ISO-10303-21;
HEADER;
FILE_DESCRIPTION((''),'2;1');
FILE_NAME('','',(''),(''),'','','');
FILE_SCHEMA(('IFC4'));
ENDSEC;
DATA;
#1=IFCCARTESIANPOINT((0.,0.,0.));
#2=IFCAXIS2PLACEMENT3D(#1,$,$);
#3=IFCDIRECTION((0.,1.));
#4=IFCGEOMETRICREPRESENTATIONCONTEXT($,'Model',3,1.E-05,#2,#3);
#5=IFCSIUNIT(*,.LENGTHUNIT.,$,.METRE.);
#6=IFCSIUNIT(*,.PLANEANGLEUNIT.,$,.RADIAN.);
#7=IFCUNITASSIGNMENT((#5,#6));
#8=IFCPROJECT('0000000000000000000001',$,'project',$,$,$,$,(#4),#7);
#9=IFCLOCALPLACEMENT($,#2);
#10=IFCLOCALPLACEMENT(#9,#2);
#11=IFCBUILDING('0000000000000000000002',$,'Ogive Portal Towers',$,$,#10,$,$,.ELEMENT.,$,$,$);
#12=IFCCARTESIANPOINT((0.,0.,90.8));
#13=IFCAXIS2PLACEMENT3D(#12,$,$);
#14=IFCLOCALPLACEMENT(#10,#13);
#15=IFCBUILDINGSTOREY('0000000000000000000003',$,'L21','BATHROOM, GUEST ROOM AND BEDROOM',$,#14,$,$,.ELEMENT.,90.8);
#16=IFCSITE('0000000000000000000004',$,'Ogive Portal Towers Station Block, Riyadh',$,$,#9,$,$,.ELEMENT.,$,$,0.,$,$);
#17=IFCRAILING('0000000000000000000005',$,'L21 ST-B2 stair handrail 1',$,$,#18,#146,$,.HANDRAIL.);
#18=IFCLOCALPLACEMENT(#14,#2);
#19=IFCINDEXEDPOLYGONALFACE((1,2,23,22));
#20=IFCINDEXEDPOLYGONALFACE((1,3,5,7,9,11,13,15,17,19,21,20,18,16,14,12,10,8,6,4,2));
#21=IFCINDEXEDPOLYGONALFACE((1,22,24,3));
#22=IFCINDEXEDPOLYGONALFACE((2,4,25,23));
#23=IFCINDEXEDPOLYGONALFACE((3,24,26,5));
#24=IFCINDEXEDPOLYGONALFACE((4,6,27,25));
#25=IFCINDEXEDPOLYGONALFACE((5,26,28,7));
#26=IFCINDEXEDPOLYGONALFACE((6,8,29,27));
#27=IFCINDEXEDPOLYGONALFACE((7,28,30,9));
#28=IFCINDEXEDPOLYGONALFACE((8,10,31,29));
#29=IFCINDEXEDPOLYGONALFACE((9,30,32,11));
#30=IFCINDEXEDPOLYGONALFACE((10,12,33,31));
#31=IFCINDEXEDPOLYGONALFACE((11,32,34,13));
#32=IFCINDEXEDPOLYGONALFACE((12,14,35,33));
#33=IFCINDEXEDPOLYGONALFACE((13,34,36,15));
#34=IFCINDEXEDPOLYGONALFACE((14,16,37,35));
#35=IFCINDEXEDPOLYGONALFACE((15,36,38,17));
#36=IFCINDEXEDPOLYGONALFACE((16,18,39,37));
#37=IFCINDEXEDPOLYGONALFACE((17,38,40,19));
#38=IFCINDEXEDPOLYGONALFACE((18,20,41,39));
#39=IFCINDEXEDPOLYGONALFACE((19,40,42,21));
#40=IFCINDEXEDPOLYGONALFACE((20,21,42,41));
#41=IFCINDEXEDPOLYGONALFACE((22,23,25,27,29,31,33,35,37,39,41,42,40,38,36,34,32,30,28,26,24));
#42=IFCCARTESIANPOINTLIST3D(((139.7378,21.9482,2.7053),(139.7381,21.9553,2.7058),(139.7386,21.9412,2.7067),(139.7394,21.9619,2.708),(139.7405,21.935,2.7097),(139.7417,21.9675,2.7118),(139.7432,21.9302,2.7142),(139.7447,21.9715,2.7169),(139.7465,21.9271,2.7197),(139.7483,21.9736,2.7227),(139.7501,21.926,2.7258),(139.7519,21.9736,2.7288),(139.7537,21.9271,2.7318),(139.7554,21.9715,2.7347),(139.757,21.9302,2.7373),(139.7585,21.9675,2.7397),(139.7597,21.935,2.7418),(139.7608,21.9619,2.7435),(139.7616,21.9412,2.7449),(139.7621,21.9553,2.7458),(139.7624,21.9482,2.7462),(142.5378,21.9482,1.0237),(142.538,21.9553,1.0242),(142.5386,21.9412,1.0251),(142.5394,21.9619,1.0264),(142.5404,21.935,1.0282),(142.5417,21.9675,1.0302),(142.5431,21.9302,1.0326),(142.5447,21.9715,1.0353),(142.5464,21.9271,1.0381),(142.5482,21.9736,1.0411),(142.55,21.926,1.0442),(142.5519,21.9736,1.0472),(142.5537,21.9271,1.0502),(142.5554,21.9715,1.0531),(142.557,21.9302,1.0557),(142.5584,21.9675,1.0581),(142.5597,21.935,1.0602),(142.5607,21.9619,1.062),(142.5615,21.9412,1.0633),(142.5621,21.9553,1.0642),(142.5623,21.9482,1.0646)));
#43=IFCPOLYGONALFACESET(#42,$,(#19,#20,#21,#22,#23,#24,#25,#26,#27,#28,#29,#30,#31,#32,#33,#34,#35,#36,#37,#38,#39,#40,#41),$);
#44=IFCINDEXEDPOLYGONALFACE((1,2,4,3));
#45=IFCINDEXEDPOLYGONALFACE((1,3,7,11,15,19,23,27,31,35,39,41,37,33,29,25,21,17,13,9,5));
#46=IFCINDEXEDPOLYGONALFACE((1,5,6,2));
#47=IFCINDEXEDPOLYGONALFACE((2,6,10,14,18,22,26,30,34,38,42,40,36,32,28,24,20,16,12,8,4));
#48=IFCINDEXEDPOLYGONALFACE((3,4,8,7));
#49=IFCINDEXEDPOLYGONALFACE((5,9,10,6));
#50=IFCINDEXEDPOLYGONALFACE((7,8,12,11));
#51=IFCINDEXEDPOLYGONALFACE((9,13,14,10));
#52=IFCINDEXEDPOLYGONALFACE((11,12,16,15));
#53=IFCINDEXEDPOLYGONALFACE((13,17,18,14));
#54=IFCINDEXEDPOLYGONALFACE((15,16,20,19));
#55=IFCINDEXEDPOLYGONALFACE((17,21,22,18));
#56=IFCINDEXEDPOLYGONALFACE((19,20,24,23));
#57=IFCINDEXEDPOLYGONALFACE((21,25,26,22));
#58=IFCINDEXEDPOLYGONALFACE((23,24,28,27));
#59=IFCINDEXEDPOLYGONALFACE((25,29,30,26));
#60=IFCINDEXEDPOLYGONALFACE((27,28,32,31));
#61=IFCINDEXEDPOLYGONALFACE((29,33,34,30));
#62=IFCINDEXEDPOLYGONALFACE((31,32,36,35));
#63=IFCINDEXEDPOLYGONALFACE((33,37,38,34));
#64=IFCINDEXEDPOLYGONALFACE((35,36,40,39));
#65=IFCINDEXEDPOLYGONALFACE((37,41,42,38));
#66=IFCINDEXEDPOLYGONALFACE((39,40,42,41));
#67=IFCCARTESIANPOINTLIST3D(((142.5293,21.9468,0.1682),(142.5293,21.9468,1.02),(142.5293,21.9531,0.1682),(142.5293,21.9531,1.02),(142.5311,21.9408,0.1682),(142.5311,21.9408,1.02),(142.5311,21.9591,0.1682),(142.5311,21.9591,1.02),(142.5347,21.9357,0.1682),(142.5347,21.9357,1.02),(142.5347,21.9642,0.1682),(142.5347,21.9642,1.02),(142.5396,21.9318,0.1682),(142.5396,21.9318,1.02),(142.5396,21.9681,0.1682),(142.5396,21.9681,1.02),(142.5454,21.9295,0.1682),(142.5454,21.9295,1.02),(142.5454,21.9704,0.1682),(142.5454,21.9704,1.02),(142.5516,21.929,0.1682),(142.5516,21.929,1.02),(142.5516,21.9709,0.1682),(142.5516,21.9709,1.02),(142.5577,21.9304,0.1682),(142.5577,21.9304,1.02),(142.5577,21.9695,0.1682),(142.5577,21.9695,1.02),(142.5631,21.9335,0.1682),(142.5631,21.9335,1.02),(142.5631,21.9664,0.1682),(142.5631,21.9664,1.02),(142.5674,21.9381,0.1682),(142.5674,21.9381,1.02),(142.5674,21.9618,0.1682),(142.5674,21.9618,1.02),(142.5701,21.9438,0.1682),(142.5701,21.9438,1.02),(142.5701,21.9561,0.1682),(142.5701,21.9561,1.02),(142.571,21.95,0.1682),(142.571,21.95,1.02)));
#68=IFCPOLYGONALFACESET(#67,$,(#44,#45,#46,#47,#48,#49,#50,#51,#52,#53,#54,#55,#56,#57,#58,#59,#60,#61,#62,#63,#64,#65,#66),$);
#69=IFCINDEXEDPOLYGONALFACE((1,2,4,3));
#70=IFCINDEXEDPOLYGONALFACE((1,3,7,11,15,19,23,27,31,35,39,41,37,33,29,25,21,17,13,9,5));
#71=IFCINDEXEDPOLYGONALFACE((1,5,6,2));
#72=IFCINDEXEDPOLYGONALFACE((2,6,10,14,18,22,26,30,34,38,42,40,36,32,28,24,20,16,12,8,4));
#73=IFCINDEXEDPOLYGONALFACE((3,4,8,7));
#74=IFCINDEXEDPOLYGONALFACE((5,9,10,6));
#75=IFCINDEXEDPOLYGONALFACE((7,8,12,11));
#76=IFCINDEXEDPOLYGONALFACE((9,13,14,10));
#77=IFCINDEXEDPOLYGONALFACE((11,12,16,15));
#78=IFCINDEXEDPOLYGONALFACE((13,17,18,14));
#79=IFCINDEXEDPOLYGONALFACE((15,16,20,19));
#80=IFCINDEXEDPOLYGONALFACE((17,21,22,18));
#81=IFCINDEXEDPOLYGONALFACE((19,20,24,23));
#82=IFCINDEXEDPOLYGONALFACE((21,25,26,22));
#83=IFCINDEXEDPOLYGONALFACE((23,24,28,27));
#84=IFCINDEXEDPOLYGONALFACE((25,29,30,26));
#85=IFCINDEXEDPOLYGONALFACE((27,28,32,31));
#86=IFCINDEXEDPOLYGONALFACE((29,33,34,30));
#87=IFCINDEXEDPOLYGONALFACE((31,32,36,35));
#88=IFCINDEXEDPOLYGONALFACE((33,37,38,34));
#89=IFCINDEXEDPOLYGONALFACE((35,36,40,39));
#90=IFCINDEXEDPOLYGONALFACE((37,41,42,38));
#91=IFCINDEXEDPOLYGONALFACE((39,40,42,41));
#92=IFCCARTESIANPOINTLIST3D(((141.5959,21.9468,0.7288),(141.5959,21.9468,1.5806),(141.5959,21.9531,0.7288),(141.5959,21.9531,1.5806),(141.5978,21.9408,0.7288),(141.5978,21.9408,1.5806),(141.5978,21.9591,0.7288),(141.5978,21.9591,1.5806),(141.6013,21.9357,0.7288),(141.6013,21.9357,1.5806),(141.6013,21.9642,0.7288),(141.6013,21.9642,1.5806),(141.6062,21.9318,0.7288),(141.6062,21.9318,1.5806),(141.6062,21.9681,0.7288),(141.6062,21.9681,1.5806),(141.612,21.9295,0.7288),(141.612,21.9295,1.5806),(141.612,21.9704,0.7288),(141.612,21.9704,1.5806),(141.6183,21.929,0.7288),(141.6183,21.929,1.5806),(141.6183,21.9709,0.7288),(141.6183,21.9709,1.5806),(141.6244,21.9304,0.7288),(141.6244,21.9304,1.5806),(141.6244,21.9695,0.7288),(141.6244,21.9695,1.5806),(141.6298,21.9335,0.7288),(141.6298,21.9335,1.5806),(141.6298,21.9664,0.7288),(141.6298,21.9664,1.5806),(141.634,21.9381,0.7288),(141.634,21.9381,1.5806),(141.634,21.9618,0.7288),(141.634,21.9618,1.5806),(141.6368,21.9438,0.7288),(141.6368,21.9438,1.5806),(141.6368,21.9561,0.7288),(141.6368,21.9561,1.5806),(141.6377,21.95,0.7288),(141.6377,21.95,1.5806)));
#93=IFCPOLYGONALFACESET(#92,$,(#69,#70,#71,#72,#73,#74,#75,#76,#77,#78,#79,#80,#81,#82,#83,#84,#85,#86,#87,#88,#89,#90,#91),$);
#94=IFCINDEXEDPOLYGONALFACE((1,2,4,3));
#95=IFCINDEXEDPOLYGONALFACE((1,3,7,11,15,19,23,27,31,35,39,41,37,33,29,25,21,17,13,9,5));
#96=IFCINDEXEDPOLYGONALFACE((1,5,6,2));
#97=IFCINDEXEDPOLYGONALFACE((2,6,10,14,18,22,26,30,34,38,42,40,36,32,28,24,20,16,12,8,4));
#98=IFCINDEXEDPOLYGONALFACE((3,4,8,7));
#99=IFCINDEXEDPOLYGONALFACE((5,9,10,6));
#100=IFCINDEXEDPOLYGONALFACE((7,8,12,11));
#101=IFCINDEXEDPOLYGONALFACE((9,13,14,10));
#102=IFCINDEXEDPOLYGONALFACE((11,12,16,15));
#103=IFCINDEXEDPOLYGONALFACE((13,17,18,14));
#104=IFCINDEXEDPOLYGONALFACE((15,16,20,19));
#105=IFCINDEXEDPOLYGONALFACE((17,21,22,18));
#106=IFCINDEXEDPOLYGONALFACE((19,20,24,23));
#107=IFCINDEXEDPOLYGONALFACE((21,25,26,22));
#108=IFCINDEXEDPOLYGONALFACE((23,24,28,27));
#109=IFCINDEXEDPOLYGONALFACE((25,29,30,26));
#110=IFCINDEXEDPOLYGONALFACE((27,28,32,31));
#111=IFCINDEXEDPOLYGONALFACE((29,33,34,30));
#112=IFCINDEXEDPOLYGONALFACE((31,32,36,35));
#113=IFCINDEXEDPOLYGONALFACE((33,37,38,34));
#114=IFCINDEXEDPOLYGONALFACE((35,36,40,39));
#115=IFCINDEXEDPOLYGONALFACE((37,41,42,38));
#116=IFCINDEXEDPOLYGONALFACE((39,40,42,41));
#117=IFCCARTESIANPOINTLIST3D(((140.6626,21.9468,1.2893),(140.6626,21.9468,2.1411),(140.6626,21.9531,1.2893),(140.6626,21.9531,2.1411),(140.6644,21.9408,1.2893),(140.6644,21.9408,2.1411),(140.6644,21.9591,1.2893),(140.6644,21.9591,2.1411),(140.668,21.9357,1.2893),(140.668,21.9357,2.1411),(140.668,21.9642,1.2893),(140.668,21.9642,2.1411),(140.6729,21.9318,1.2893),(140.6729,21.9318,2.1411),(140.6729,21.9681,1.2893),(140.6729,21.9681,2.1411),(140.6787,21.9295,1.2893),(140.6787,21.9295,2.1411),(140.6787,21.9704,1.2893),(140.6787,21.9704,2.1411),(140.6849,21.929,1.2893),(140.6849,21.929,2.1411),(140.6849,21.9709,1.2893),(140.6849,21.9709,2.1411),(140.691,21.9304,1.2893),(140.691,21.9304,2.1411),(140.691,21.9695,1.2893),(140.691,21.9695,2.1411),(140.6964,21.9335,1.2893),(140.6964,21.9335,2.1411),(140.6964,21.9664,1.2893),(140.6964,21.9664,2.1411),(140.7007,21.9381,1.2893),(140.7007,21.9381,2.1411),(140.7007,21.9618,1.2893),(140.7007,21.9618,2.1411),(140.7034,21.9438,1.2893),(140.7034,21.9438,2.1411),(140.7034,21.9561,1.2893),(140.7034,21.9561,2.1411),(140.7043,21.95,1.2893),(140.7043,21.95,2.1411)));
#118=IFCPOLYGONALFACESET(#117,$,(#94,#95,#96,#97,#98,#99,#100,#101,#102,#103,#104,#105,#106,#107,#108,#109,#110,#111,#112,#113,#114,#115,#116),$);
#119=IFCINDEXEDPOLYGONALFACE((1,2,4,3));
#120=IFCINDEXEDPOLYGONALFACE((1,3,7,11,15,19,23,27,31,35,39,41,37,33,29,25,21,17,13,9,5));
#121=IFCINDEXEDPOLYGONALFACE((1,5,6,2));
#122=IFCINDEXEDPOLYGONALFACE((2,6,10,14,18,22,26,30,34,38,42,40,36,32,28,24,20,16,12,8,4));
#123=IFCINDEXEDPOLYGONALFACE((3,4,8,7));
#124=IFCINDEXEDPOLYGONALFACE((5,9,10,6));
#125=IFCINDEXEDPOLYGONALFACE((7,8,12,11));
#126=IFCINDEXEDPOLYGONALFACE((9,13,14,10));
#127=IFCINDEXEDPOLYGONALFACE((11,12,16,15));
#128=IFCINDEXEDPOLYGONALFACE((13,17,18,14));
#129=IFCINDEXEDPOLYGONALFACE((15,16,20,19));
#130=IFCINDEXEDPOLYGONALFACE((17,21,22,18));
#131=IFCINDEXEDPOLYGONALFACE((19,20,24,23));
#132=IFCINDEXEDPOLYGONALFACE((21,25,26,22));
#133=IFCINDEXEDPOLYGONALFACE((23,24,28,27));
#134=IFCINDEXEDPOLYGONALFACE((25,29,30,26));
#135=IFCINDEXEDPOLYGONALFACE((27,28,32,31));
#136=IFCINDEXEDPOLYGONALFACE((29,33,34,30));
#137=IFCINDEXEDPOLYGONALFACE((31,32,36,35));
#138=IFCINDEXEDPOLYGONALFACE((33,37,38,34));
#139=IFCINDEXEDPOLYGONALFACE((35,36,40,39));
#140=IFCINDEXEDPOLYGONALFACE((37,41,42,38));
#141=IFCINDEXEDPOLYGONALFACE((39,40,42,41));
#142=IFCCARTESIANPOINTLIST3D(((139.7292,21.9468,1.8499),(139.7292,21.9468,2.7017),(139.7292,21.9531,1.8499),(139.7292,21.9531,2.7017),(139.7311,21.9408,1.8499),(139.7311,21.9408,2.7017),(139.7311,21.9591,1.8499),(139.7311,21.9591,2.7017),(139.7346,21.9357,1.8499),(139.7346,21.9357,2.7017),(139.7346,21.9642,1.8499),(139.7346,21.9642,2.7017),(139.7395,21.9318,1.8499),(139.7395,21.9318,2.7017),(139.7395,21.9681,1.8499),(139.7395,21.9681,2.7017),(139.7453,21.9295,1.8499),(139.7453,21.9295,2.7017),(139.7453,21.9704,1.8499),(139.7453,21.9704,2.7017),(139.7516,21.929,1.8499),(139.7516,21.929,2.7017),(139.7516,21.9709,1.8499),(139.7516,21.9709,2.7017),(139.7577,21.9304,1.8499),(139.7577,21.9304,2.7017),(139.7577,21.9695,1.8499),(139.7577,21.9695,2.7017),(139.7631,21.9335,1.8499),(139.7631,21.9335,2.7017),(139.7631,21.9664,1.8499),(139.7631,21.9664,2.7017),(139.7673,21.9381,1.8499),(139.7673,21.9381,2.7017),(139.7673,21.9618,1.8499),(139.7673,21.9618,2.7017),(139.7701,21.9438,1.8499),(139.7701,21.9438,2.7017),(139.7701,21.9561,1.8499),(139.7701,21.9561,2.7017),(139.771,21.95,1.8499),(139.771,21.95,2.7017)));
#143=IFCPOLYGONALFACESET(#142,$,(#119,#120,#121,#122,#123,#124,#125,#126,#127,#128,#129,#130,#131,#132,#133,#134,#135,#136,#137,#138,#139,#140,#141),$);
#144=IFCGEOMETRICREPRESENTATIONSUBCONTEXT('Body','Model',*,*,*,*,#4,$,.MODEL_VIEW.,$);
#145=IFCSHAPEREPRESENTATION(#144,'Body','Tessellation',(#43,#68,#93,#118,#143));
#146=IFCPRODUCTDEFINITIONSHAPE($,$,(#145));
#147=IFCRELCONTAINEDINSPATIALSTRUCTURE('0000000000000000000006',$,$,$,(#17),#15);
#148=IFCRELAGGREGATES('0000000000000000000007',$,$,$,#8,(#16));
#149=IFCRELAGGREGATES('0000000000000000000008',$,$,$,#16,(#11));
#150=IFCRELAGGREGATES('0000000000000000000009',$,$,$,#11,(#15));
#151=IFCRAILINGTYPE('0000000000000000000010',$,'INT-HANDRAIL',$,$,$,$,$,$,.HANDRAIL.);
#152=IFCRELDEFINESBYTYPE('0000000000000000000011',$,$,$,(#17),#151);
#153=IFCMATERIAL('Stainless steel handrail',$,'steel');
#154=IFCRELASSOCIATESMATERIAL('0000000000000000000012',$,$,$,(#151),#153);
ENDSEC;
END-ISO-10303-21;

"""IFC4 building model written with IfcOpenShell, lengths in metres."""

from ifc_helpers import new_model, si_unit, direction, frame, origin, origin_2d, place, context, subcontext, project, spatial, circle, extrude, material, type_object, element, save


model = new_model("IFC4")

# Units and contexts
model_context = context("Model", 3, precision=1e-05, world=origin(), true_north=direction((0.0, 1.0)))
body_context = subcontext(model_context, "Body", "Model", "MODEL_VIEW")
ifc_project = project(units=[si_unit("LENGTHUNIT", "METRE"), si_unit("PLANEANGLEUNIT", "RADIAN")], contexts=[model_context])

# Site, building, storey
site_placement = place(None, origin())
site = spatial("IfcSite", under=ifc_project, at=site_placement, Name="Ogive Portal Towers Station Block, Riyadh", CompositionType="ELEMENT", RefElevation=0.0)
building_placement = place(site_placement, origin())
building = spatial("IfcBuilding", under=site, at=building_placement, Name="Ogive Portal Towers", CompositionType="ELEMENT")
storey_placement = place(building_placement, frame((0.0, 0.0, 90.8)))
storey = spatial("IfcBuildingStorey", under=building, at=storey_placement, Name="L21", Description="BATHROOM, GUEST ROOM AND BEDROOM", CompositionType="ELEMENT", Elevation=90.8)

# Railing
ifc_material_1 = material(Name="Stainless steel handrail", Category="steel")
railing_type_1 = type_object("IfcRailingType", Name="INT-HANDRAIL", PredefinedType="HANDRAIL", material=ifc_material_1)
railing_1_placement = place(storey_placement, frame((142.55, 21.95, 0.1682)))
element("IfcRailing", 1, at=railing_1_placement, inside=storey, type_object=railing_type_1, Name="L21 ST-B2 stair handrail 1", PredefinedType="HANDRAIL", context=body_context, shape_type="SweptSolid", body=[
    extrude(circle(Radius=0.0239, at=origin_2d()), frame((0.0, 0.0, 0.876), z_axis=(-0.857275, 0.0, 0.514858), x_axis=(0.0, -1.0, 0.0)), (0.0, 0.0, 1.0), 3.2661),
    extrude(circle(Radius=0.021, at=origin_2d()), origin(), (0.0, 0.0, 1.0), 0.8518),
    extrude(circle(Radius=0.021, at=origin_2d()), frame((-0.9333, 0.0, 0.5605)), (0.0, 0.0, 1.0), 0.8518),
    extrude(circle(Radius=0.021, at=origin_2d()), frame((-1.8667, 0.0, 1.1211)), (0.0, 0.0, 1.0), 0.8518),
    extrude(circle(Radius=0.021, at=origin_2d()), frame((-2.8, 0.0, 1.6816)), (0.0, 0.0, 1.0), 0.8518),
])

save(model, "model.ifc")
